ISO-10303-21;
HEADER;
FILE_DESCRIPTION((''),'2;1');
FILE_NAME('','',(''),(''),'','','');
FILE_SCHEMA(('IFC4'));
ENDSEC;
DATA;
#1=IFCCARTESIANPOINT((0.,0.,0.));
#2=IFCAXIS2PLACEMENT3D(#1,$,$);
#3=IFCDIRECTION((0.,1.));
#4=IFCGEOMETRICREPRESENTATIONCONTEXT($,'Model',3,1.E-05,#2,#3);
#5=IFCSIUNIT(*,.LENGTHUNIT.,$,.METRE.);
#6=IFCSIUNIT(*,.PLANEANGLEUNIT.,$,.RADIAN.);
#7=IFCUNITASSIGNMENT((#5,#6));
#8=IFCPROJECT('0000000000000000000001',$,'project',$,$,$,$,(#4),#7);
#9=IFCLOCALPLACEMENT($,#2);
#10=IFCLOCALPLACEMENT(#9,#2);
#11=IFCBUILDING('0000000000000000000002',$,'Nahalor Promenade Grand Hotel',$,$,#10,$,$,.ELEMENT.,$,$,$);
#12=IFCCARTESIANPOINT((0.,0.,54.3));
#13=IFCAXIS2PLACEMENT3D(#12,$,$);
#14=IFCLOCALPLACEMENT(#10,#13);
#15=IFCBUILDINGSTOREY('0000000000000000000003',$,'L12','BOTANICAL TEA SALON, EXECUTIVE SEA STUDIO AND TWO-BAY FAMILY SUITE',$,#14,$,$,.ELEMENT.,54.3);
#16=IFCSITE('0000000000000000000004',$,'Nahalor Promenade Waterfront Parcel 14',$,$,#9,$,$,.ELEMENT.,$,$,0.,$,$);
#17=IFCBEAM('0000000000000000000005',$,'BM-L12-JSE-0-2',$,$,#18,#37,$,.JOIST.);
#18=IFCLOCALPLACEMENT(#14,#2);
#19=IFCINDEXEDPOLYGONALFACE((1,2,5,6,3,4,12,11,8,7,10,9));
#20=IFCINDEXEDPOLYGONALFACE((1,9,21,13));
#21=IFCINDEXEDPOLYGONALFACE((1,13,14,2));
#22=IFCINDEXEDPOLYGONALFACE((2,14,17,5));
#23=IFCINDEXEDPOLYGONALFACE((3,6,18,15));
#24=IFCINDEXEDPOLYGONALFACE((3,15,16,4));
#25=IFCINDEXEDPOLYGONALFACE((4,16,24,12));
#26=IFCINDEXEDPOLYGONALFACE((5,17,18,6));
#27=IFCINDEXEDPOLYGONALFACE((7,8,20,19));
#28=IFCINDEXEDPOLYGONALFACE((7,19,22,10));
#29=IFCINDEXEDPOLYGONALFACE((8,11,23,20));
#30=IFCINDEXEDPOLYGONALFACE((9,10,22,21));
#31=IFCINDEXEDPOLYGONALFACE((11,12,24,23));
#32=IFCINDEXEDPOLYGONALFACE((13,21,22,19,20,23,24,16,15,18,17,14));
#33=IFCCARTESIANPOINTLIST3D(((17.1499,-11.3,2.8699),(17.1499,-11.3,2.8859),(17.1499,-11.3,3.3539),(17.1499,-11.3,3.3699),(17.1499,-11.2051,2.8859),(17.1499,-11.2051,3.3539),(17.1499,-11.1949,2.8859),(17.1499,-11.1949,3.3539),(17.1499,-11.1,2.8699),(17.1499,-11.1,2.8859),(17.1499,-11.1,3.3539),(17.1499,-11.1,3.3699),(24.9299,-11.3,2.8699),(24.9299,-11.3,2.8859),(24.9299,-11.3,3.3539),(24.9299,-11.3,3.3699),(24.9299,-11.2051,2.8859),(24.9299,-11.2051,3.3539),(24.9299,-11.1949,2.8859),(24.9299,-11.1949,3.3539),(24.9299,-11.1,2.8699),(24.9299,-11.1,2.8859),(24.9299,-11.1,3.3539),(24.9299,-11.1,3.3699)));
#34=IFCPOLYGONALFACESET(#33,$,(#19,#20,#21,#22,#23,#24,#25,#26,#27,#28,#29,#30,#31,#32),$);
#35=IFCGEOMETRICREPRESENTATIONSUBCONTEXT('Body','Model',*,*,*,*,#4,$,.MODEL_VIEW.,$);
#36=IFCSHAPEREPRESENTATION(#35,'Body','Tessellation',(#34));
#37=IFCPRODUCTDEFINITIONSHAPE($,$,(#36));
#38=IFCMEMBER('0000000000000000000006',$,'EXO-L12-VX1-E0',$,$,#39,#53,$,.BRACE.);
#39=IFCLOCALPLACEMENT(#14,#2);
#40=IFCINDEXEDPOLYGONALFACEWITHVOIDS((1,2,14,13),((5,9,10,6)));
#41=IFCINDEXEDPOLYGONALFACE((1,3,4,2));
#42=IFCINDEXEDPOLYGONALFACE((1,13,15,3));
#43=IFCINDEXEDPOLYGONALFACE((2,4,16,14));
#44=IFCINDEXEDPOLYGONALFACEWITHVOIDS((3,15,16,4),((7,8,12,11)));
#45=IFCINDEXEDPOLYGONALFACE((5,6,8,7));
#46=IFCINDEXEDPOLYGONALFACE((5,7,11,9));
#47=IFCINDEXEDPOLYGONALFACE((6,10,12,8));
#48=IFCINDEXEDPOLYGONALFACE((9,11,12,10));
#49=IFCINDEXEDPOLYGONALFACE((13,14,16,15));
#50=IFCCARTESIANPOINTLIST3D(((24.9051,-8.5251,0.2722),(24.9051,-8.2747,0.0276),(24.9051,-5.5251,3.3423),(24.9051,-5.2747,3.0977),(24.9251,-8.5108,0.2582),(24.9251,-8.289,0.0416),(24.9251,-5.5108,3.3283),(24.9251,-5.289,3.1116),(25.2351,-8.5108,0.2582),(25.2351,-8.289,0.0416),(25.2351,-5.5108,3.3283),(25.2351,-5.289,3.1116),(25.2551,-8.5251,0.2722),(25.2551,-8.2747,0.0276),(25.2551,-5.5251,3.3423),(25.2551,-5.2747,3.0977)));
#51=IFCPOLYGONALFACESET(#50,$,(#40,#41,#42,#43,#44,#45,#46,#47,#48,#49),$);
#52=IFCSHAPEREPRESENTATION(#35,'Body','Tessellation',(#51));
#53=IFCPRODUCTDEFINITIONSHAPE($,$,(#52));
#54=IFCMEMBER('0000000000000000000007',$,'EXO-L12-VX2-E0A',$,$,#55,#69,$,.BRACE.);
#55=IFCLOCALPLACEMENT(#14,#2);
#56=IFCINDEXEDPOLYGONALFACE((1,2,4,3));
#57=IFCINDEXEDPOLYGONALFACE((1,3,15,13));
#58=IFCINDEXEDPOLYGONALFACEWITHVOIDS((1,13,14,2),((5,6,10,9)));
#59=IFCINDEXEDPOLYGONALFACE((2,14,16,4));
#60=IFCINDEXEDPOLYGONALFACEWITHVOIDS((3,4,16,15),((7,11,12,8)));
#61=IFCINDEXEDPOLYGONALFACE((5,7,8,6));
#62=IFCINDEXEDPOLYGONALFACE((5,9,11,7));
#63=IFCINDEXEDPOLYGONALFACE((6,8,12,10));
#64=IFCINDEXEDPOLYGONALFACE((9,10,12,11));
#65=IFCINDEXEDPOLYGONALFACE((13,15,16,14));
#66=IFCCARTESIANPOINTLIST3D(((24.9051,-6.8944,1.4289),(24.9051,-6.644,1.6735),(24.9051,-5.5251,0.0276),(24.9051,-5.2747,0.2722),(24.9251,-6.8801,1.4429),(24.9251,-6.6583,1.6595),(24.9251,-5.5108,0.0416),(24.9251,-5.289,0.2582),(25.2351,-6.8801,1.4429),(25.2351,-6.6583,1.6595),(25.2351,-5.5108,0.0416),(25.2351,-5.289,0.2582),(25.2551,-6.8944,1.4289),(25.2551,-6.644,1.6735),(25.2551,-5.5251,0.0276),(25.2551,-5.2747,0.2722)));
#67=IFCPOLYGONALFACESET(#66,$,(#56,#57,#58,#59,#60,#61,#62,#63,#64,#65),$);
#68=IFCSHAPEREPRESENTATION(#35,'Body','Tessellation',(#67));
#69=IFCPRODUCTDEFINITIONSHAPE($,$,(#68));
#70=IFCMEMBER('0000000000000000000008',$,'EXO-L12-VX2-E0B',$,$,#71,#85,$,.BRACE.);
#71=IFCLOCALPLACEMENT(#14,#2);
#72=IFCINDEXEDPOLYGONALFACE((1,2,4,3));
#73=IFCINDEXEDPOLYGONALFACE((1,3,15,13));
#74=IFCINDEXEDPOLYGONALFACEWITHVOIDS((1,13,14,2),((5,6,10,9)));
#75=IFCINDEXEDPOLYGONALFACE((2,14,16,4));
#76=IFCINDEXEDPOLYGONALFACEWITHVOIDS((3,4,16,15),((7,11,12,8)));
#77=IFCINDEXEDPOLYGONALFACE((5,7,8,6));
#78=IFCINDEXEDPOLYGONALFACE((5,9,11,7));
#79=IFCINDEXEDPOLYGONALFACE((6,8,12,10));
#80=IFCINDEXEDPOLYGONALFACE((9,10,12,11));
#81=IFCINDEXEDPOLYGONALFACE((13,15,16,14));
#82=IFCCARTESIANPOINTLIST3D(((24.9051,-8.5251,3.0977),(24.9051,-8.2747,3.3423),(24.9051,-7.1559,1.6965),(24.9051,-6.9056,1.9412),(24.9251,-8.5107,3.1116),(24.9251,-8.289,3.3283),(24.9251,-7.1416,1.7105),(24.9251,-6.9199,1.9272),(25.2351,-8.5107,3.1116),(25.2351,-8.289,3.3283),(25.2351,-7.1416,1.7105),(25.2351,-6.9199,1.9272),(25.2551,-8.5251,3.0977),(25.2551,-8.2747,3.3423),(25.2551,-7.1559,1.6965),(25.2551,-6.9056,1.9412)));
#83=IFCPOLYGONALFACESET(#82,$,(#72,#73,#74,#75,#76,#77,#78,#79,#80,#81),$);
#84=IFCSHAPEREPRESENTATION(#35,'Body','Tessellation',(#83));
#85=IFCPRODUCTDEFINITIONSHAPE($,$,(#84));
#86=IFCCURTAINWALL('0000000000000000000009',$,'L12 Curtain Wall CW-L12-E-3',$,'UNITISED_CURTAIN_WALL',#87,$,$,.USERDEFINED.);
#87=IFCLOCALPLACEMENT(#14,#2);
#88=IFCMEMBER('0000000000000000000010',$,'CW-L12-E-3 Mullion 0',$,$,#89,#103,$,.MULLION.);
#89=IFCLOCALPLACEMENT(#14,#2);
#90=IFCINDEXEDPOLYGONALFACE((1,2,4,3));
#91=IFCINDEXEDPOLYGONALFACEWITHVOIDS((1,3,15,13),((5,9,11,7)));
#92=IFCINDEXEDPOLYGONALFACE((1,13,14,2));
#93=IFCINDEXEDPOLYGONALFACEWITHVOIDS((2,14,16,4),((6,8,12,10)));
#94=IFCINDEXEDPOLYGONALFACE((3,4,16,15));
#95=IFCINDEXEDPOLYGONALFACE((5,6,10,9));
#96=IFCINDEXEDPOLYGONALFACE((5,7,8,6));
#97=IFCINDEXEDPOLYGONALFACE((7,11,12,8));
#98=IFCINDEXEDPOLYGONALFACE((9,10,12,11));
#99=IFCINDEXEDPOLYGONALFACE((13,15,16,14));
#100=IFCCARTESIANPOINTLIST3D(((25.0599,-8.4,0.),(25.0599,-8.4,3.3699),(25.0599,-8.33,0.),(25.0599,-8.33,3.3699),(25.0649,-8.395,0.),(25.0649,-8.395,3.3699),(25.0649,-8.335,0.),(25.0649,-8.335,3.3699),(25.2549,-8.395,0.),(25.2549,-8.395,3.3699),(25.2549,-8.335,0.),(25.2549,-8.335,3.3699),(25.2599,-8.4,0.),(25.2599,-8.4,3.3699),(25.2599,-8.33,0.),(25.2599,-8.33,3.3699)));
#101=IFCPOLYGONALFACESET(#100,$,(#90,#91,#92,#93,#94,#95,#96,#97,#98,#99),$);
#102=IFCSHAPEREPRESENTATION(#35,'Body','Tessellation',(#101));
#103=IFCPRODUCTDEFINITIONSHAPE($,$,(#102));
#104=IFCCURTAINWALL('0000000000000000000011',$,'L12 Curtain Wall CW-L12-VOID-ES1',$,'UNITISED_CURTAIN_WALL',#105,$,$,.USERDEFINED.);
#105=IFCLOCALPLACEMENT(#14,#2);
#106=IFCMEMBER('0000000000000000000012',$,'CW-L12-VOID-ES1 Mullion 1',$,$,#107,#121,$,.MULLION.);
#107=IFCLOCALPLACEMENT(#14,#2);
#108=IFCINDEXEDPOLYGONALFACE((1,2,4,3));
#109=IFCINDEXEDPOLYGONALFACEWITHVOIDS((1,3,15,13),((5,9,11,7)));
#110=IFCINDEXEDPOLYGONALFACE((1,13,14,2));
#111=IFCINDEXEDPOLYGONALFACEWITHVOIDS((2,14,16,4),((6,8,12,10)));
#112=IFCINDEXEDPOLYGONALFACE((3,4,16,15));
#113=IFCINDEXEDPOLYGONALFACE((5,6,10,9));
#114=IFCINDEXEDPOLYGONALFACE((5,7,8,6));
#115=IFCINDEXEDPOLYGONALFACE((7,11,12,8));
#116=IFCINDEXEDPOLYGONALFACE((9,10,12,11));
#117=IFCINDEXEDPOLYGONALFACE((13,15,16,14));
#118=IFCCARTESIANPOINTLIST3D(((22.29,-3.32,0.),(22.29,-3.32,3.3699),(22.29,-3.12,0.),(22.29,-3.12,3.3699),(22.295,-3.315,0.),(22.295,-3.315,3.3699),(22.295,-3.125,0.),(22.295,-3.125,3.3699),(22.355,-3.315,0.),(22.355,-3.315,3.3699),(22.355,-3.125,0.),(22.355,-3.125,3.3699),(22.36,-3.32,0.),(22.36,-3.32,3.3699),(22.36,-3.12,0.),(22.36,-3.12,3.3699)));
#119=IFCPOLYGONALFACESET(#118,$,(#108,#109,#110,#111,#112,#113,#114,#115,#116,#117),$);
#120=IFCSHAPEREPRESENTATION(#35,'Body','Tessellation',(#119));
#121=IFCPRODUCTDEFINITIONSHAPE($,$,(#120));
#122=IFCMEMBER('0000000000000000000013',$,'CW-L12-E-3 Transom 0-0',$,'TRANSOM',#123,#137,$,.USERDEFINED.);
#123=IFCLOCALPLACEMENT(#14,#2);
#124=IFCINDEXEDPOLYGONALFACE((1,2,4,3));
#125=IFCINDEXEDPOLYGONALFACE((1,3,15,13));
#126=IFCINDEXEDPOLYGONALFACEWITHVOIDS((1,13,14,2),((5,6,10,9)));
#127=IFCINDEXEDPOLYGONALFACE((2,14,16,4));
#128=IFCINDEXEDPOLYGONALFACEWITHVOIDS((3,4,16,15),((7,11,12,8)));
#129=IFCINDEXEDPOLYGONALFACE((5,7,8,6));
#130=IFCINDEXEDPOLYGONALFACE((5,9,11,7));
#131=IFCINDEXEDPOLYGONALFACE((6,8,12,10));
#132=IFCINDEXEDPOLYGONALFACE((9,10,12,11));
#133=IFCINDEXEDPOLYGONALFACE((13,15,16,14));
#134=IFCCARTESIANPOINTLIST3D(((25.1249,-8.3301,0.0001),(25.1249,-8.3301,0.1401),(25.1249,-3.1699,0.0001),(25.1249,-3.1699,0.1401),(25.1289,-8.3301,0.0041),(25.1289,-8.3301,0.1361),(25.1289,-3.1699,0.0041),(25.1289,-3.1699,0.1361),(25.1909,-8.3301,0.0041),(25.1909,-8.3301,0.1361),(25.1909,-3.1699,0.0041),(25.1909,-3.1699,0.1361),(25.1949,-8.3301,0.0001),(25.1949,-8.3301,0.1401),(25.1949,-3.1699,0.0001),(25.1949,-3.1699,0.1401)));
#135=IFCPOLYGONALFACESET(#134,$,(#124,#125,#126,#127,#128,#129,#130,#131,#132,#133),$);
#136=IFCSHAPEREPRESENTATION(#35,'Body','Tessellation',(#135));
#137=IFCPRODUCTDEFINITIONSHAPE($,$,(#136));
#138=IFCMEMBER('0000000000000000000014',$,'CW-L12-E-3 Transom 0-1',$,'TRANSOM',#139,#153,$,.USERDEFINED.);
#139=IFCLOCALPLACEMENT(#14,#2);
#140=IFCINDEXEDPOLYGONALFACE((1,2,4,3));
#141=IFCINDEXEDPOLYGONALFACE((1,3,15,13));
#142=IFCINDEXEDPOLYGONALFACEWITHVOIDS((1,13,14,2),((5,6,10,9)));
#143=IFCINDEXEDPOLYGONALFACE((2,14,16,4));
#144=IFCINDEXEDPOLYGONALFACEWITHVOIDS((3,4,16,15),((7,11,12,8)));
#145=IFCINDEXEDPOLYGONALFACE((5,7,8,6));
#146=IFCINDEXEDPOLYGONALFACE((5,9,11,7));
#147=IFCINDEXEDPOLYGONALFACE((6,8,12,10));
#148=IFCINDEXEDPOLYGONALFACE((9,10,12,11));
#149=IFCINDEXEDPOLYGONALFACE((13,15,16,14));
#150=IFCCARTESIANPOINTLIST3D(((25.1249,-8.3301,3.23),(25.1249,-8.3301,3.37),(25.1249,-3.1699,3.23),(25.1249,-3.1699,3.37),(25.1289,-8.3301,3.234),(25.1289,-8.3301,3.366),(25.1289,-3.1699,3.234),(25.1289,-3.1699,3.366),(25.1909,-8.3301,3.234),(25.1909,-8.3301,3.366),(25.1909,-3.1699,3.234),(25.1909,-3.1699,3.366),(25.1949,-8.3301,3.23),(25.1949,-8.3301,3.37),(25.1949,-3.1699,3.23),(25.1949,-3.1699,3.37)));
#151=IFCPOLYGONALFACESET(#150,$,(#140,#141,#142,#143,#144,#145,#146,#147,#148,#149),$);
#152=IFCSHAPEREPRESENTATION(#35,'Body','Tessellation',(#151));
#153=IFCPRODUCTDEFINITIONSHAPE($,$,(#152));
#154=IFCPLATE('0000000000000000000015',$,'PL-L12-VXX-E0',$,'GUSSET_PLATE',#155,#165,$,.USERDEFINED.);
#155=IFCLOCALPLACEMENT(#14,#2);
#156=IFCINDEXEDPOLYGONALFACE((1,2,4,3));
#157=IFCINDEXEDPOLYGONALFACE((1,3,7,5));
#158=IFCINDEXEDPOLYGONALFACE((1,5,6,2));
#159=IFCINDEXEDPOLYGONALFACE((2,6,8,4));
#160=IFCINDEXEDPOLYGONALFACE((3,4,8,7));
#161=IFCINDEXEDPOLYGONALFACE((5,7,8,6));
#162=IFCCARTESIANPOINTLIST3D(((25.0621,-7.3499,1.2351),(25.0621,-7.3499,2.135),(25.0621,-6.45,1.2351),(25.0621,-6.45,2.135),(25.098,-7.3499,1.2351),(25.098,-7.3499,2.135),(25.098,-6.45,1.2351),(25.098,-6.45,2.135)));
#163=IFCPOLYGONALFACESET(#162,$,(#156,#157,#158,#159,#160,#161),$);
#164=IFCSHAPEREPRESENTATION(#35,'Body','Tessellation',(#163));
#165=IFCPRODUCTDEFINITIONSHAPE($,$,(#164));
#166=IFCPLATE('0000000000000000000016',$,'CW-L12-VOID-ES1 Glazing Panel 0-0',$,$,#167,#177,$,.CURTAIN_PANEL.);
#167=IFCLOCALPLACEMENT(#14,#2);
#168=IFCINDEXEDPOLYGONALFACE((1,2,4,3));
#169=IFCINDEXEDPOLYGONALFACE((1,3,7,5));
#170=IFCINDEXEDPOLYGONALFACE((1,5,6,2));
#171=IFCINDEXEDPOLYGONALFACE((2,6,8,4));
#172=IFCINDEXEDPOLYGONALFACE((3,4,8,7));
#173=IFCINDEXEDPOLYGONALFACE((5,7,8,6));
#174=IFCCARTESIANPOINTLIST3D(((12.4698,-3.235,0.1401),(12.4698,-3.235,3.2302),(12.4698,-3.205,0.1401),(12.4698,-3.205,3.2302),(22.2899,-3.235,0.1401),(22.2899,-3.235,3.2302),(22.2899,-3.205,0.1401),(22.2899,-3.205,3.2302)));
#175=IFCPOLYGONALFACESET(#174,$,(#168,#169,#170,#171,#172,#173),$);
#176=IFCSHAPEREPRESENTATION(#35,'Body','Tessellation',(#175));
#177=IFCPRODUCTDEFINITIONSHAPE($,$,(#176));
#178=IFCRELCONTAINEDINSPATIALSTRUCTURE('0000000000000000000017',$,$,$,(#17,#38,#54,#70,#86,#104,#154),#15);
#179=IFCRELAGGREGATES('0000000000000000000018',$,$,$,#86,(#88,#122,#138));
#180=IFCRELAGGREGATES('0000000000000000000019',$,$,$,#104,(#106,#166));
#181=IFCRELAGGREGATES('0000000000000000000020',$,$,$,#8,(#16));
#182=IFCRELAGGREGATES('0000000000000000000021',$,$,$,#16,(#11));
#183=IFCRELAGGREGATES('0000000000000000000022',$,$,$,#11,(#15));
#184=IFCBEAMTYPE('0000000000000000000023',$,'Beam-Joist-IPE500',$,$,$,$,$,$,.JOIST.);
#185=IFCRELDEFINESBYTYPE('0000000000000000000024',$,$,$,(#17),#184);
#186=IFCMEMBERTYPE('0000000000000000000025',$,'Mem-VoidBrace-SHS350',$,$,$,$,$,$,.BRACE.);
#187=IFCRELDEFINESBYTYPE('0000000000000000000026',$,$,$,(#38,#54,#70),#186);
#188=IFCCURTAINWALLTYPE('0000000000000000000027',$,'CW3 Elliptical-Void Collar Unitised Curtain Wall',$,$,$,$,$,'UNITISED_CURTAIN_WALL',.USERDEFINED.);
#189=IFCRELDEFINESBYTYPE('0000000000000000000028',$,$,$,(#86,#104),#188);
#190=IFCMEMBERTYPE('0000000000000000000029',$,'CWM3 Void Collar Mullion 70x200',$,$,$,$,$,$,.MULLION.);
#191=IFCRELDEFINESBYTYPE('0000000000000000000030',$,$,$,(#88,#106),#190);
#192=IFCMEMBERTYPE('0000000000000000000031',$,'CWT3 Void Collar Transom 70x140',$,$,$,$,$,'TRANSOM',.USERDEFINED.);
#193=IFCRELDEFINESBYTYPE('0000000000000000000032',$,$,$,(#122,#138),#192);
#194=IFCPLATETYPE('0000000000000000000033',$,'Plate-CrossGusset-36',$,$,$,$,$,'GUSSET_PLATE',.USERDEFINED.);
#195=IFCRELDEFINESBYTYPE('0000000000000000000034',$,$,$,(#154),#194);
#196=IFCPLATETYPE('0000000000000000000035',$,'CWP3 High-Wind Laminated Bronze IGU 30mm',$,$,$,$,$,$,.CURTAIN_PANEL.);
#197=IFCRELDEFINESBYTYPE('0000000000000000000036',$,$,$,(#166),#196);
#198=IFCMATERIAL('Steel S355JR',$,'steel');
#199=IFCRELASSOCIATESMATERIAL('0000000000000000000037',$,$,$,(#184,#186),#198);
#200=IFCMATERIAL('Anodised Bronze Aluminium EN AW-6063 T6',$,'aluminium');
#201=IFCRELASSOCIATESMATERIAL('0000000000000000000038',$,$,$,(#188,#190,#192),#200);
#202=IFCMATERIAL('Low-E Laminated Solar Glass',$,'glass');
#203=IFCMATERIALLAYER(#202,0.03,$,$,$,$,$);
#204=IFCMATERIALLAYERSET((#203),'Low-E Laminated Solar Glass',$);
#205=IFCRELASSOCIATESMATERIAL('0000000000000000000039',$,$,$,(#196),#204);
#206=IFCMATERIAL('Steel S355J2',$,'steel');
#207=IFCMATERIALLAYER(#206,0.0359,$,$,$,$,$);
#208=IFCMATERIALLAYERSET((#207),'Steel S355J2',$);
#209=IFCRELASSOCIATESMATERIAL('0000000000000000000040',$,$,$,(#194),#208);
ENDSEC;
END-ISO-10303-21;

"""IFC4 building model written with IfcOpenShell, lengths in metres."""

from ifc_helpers import new_model, si_unit, direction, frame, origin, origin_2d, place, context, subcontext, project, spatial, rectangle, hollow_rectangle, i_section, extrude, source, transform, mapped, material, layer, layer_set, material_profile, profile_set, type_object, element, aggregate, save


model = new_model("IFC4")

# Units and contexts
model_context = context("Model", 3, precision=1e-05, world=origin(), true_north=direction((0.0, 1.0)))
body_context = subcontext(model_context, "Body", "Model", "MODEL_VIEW")
ifc_project = project(units=[si_unit("LENGTHUNIT", "METRE"), si_unit("PLANEANGLEUNIT", "RADIAN")], contexts=[model_context])

# Site, building, storey
site_placement = place(None, origin())
site = spatial("IfcSite", under=ifc_project, at=site_placement, Name="Nahalor Promenade Waterfront Parcel 14", CompositionType="ELEMENT", RefElevation=0.0)
building_placement = place(site_placement, origin())
building = spatial("IfcBuilding", under=site, at=building_placement, Name="Nahalor Promenade Grand Hotel", CompositionType="ELEMENT")
storey_placement = place(building_placement, frame((0.0, 0.0, 54.3)))
storey = spatial("IfcBuildingStorey", under=building, at=storey_placement, Name="L12", Description="BOTANICAL TEA SALON, EXECUTIVE SEA STUDIO AND TWO-BAY FAMILY SUITE", CompositionType="ELEMENT", Elevation=54.3)

# Shared definitions
ifc_material_1 = material(Name="Steel S355J2", Category="steel")

# Beam
ifc_material_2 = material(Name="Steel S355JR", Category="steel")
ifc_material_profile_1 = material_profile(ifc_material_2, i_section(OverallWidth=0.2, OverallDepth=0.5, WebThickness=0.0102, FlangeThickness=0.016, at=origin_2d()), Name="IPE 500")
ifc_profile_set_1 = profile_set([ifc_material_profile_1], Name="Steel S355JR")
beam_type_1 = type_object("IfcBeamType", Name="Beam-Joist-IPE500", PredefinedType="JOIST", material=ifc_profile_set_1)
shared_shape_1 = source(origin(), body_context, "Body", "SweptSolid", [
    extrude(i_section(OverallWidth=0.2, OverallDepth=0.5, WebThickness=0.0102, FlangeThickness=0.016, at=origin_2d()), origin(), (0.0, 0.0, 1.0), 7.78),
])
beam_1_placement = place(storey_placement, frame((17.1499, -11.2, 3.1199), z_axis=(1.0, 0.0, 0.0), x_axis=(0.0, 1.0, 0.0)))
element("IfcBeam", 1, at=beam_1_placement, inside=storey, type_object=beam_type_1, Name="BM-L12-JSE-0-2", PredefinedType="JOIST", context=body_context, shape_type="MappedRepresentation", body=[
    mapped(shared_shape_1, transform((0.0, 0.0, 0.0), scale=1.0)),
])

# Members
ifc_material_profile_2 = material_profile(ifc_material_2, hollow_rectangle(XDim=0.35, YDim=0.35, WallThickness=0.02, at=origin_2d()), Name="SHS 350x350x20")
ifc_profile_set_2 = profile_set([ifc_material_profile_2], Name="Steel S355JR")
member_type_1 = type_object("IfcMemberType", Name="Mem-VoidBrace-SHS350", PredefinedType="BRACE", material=ifc_profile_set_2)
shared_shape_2 = source(origin(), body_context, "Body", "SweptSolid", [
    extrude(hollow_rectangle(XDim=0.35, YDim=0.35, WallThickness=0.02, at=origin_2d()), origin(), (0.0, 0.0, 1.0), 4.2925),
])
member_1_placement = place(storey_placement, frame((25.0801, -8.3999, 0.1499), z_axis=(0.0, 0.698898, 0.715221), x_axis=(-1.0, 0.0, 0.0)))
element("IfcMember", 2, at=member_1_placement, inside=storey, type_object=member_type_1, Name="EXO-L12-VX1-E0", PredefinedType="BRACE", context=body_context, shape_type="MappedRepresentation", body=[
    mapped(shared_shape_2, transform((0.0, 0.0, 0.0), scale=1.0)),
])
shared_shape_3 = source(origin(), body_context, "Body", "SweptSolid", [
    extrude(hollow_rectangle(XDim=0.35, YDim=0.35, WallThickness=0.02, at=origin_2d()), origin(), (0.0, 0.0, 1.0), 1.9592),
])
member_2_placement = place(storey_placement, frame((25.0801, -5.3999, 0.1499), z_axis=(0.0, -0.698898, 0.715221), x_axis=(1.0, 0.0, 0.0)))
element("IfcMember", 3, at=member_2_placement, inside=storey, type_object=member_type_1, Name="EXO-L12-VX2-E0A", PredefinedType="BRACE", context=body_context, shape_type="MappedRepresentation", body=[
    mapped(shared_shape_3, transform((0.0, 0.0, 0.0), scale=1.0)),
])
shared_shape_4 = source(origin(), body_context, "Body", "SweptSolid", [
    extrude(hollow_rectangle(XDim=0.35, YDim=0.35, WallThickness=0.02, at=origin_2d()), origin(), (0.0, 0.0, 1.0), 1.959),
])
member_3_placement = place(storey_placement, frame((25.0801, -7.0308, 1.8188), z_axis=(0.0, -0.698897, 0.715223), x_axis=(1.0, 0.0, 0.0)))
element("IfcMember", 4, at=member_3_placement, inside=storey, type_object=member_type_1, Name="EXO-L12-VX2-E0B", PredefinedType="BRACE", context=body_context, shape_type="MappedRepresentation", body=[
    mapped(shared_shape_4, transform((0.0, 0.0, 0.0), scale=1.0)),
])

# Curtain walls, members
ifc_material_3 = material(Name="Anodised Bronze Aluminium EN AW-6063 T6", Category="aluminium")
curtain_wall_type = type_object("IfcCurtainWallType", Name="CW3 Elliptical-Void Collar Unitised Curtain Wall", ElementType="UNITISED_CURTAIN_WALL", PredefinedType="USERDEFINED", material=ifc_material_3)
curtain_wall_1_placement = place(storey_placement, origin())
curtain_wall_1 = element("IfcCurtainWall", 5, at=curtain_wall_1_placement, inside=storey, type_object=curtain_wall_type, Name="L12 Curtain Wall CW-L12-E-3", ObjectType="UNITISED_CURTAIN_WALL", PredefinedType="USERDEFINED")
ifc_material_profile_3 = material_profile(ifc_material_3, hollow_rectangle(XDim=0.07, YDim=0.2, WallThickness=0.005, at=origin_2d()), Name="CWM 70x200x5")
ifc_profile_set_3 = profile_set([ifc_material_profile_3], Name="Anodised Bronze Aluminium EN AW-6063 T6")
member_type_2 = type_object("IfcMemberType", Name="CWM3 Void Collar Mullion 70x200", PredefinedType="MULLION", material=ifc_profile_set_3)
shared_shape_5 = source(origin(), body_context, "Body", "SweptSolid", [
    extrude(hollow_rectangle(XDim=0.07, YDim=0.2, WallThickness=0.005, at=origin_2d()), origin(), (0.0, 0.0, 1.0), 3.3699),
])
member_4_placement = place(storey_placement, frame((25.1599, -8.365, 0.0), z_axis=(0.0, 0.0, 1.0), x_axis=(0.0, 1.0, 0.0)))
member_4 = element("IfcMember", 6, at=member_4_placement, type_object=member_type_2, Name="CW-L12-E-3 Mullion 0", PredefinedType="MULLION", context=body_context, shape_type="MappedRepresentation", body=[
    mapped(shared_shape_5, transform((0.0, 0.0, 0.0), scale=1.0)),
])
curtain_wall_2_placement = place(storey_placement, origin())
curtain_wall_2 = element("IfcCurtainWall", 7, at=curtain_wall_2_placement, inside=storey, type_object=curtain_wall_type, Name="L12 Curtain Wall CW-L12-VOID-ES1", ObjectType="UNITISED_CURTAIN_WALL", PredefinedType="USERDEFINED")
member_5_placement = place(storey_placement, frame((22.325, -3.22, 0.0), z_axis=(0.0, 0.0, 1.0), x_axis=(1.0, 0.0, 0.0)))
member_5 = element("IfcMember", 8, at=member_5_placement, type_object=member_type_2, Name="CW-L12-VOID-ES1 Mullion 1", PredefinedType="MULLION", context=body_context, shape_type="MappedRepresentation", body=[
    mapped(shared_shape_5, transform((0.0, 0.0, 0.0), scale=1.0)),
])

# Members
ifc_material_profile_4 = material_profile(ifc_material_3, hollow_rectangle(XDim=0.07, YDim=0.14, WallThickness=0.004, at=origin_2d()), Name="CWT 70x140x4")
ifc_profile_set_4 = profile_set([ifc_material_profile_4], Name="Anodised Bronze Aluminium EN AW-6063 T6")
member_type_3 = type_object("IfcMemberType", Name="CWT3 Void Collar Transom 70x140", ElementType="TRANSOM", PredefinedType="USERDEFINED", material=ifc_profile_set_4)
shared_shape_6 = source(origin(), body_context, "Body", "SweptSolid", [
    extrude(hollow_rectangle(XDim=0.07, YDim=0.14, WallThickness=0.004, at=origin_2d()), origin(), (0.0, 0.0, 1.0), 5.1602),
])
member_6_placement = place(storey_placement, frame((25.1599, -8.3301, 0.0701), z_axis=(0.0, 1.0, 0.0), x_axis=(-1.0, 0.0, 0.0)))
member_6 = element("IfcMember", 9, at=member_6_placement, type_object=member_type_3, Name="CW-L12-E-3 Transom 0-0", ObjectType="TRANSOM", PredefinedType="USERDEFINED", context=body_context, shape_type="MappedRepresentation", body=[
    mapped(shared_shape_6, transform((0.0, 0.0, 0.0), scale=1.0)),
])
member_7_placement = place(storey_placement, frame((25.1599, -8.3301, 3.3), z_axis=(0.0, 1.0, 0.0), x_axis=(-1.0, 0.0, 0.0)))
member_7 = element("IfcMember", 10, at=member_7_placement, type_object=member_type_3, Name="CW-L12-E-3 Transom 0-1", ObjectType="TRANSOM", PredefinedType="USERDEFINED", context=body_context, shape_type="MappedRepresentation", body=[
    mapped(shared_shape_6, transform((0.0, 0.0, 0.0), scale=1.0)),
])

# Plates
ifc_material_4 = material(Name="Low-E Laminated Solar Glass", Category="glass")
ifc_layer_1 = layer(ifc_material_4, 0.03)
ifc_layer_set_1 = layer_set([ifc_layer_1], Name="Low-E Laminated Solar Glass")
plate_type_1 = type_object("IfcPlateType", Name="CWP3 High-Wind Laminated Bronze IGU 30mm", PredefinedType="CURTAIN_PANEL", material=ifc_layer_set_1)
aggregate(curtain_wall_1, [member_4, member_6, member_7])
ifc_layer_2 = layer(ifc_material_1, 0.0359)
ifc_layer_set_2 = layer_set([ifc_layer_2], Name="Steel S355J2")
plate_type_2 = type_object("IfcPlateType", Name="Plate-CrossGusset-36", ElementType="GUSSET_PLATE", PredefinedType="USERDEFINED", material=ifc_layer_set_2)
shared_shape_7 = source(origin(), body_context, "Body", "SweptSolid", [
    extrude(rectangle(XDim=0.8999, YDim=0.0359, at=origin_2d()), origin(), (0.0, 0.0, 1.0), 0.8999),
])
plate_1_placement = place(storey_placement, frame((25.0801, -6.8999, 1.2351), z_axis=(0.0, 0.0, 1.0), x_axis=(0.0, 1.0, 0.0)))
element("IfcPlate", 11, at=plate_1_placement, inside=storey, type_object=plate_type_2, Name="PL-L12-VXX-E0", ObjectType="GUSSET_PLATE", PredefinedType="USERDEFINED", context=body_context, shape_type="MappedRepresentation", body=[
    mapped(shared_shape_7, transform((0.0, 0.0, 0.0), scale=1.0)),
])
shared_shape_8 = source(origin(), body_context, "Body", "SweptSolid", [
    extrude(rectangle(XDim=9.8201, YDim=0.03, at=origin_2d()), origin(), (0.0, 0.0, 1.0), 3.0901),
])
plate_2_placement = place(storey_placement, frame((17.3799, -3.22, 0.1401), z_axis=(0.0, 0.0, 1.0), x_axis=(1.0, 0.0, 0.0)))
plate_2 = element("IfcPlate", 12, at=plate_2_placement, type_object=plate_type_1, Name="CW-L12-VOID-ES1 Glazing Panel 0-0", PredefinedType="CURTAIN_PANEL", context=body_context, shape_type="MappedRepresentation", body=[
    mapped(shared_shape_8, transform((0.0, 0.0, 0.0), scale=1.0)),
])
aggregate(curtain_wall_2, [member_5, plate_2])

save(model, "model.ifc")
